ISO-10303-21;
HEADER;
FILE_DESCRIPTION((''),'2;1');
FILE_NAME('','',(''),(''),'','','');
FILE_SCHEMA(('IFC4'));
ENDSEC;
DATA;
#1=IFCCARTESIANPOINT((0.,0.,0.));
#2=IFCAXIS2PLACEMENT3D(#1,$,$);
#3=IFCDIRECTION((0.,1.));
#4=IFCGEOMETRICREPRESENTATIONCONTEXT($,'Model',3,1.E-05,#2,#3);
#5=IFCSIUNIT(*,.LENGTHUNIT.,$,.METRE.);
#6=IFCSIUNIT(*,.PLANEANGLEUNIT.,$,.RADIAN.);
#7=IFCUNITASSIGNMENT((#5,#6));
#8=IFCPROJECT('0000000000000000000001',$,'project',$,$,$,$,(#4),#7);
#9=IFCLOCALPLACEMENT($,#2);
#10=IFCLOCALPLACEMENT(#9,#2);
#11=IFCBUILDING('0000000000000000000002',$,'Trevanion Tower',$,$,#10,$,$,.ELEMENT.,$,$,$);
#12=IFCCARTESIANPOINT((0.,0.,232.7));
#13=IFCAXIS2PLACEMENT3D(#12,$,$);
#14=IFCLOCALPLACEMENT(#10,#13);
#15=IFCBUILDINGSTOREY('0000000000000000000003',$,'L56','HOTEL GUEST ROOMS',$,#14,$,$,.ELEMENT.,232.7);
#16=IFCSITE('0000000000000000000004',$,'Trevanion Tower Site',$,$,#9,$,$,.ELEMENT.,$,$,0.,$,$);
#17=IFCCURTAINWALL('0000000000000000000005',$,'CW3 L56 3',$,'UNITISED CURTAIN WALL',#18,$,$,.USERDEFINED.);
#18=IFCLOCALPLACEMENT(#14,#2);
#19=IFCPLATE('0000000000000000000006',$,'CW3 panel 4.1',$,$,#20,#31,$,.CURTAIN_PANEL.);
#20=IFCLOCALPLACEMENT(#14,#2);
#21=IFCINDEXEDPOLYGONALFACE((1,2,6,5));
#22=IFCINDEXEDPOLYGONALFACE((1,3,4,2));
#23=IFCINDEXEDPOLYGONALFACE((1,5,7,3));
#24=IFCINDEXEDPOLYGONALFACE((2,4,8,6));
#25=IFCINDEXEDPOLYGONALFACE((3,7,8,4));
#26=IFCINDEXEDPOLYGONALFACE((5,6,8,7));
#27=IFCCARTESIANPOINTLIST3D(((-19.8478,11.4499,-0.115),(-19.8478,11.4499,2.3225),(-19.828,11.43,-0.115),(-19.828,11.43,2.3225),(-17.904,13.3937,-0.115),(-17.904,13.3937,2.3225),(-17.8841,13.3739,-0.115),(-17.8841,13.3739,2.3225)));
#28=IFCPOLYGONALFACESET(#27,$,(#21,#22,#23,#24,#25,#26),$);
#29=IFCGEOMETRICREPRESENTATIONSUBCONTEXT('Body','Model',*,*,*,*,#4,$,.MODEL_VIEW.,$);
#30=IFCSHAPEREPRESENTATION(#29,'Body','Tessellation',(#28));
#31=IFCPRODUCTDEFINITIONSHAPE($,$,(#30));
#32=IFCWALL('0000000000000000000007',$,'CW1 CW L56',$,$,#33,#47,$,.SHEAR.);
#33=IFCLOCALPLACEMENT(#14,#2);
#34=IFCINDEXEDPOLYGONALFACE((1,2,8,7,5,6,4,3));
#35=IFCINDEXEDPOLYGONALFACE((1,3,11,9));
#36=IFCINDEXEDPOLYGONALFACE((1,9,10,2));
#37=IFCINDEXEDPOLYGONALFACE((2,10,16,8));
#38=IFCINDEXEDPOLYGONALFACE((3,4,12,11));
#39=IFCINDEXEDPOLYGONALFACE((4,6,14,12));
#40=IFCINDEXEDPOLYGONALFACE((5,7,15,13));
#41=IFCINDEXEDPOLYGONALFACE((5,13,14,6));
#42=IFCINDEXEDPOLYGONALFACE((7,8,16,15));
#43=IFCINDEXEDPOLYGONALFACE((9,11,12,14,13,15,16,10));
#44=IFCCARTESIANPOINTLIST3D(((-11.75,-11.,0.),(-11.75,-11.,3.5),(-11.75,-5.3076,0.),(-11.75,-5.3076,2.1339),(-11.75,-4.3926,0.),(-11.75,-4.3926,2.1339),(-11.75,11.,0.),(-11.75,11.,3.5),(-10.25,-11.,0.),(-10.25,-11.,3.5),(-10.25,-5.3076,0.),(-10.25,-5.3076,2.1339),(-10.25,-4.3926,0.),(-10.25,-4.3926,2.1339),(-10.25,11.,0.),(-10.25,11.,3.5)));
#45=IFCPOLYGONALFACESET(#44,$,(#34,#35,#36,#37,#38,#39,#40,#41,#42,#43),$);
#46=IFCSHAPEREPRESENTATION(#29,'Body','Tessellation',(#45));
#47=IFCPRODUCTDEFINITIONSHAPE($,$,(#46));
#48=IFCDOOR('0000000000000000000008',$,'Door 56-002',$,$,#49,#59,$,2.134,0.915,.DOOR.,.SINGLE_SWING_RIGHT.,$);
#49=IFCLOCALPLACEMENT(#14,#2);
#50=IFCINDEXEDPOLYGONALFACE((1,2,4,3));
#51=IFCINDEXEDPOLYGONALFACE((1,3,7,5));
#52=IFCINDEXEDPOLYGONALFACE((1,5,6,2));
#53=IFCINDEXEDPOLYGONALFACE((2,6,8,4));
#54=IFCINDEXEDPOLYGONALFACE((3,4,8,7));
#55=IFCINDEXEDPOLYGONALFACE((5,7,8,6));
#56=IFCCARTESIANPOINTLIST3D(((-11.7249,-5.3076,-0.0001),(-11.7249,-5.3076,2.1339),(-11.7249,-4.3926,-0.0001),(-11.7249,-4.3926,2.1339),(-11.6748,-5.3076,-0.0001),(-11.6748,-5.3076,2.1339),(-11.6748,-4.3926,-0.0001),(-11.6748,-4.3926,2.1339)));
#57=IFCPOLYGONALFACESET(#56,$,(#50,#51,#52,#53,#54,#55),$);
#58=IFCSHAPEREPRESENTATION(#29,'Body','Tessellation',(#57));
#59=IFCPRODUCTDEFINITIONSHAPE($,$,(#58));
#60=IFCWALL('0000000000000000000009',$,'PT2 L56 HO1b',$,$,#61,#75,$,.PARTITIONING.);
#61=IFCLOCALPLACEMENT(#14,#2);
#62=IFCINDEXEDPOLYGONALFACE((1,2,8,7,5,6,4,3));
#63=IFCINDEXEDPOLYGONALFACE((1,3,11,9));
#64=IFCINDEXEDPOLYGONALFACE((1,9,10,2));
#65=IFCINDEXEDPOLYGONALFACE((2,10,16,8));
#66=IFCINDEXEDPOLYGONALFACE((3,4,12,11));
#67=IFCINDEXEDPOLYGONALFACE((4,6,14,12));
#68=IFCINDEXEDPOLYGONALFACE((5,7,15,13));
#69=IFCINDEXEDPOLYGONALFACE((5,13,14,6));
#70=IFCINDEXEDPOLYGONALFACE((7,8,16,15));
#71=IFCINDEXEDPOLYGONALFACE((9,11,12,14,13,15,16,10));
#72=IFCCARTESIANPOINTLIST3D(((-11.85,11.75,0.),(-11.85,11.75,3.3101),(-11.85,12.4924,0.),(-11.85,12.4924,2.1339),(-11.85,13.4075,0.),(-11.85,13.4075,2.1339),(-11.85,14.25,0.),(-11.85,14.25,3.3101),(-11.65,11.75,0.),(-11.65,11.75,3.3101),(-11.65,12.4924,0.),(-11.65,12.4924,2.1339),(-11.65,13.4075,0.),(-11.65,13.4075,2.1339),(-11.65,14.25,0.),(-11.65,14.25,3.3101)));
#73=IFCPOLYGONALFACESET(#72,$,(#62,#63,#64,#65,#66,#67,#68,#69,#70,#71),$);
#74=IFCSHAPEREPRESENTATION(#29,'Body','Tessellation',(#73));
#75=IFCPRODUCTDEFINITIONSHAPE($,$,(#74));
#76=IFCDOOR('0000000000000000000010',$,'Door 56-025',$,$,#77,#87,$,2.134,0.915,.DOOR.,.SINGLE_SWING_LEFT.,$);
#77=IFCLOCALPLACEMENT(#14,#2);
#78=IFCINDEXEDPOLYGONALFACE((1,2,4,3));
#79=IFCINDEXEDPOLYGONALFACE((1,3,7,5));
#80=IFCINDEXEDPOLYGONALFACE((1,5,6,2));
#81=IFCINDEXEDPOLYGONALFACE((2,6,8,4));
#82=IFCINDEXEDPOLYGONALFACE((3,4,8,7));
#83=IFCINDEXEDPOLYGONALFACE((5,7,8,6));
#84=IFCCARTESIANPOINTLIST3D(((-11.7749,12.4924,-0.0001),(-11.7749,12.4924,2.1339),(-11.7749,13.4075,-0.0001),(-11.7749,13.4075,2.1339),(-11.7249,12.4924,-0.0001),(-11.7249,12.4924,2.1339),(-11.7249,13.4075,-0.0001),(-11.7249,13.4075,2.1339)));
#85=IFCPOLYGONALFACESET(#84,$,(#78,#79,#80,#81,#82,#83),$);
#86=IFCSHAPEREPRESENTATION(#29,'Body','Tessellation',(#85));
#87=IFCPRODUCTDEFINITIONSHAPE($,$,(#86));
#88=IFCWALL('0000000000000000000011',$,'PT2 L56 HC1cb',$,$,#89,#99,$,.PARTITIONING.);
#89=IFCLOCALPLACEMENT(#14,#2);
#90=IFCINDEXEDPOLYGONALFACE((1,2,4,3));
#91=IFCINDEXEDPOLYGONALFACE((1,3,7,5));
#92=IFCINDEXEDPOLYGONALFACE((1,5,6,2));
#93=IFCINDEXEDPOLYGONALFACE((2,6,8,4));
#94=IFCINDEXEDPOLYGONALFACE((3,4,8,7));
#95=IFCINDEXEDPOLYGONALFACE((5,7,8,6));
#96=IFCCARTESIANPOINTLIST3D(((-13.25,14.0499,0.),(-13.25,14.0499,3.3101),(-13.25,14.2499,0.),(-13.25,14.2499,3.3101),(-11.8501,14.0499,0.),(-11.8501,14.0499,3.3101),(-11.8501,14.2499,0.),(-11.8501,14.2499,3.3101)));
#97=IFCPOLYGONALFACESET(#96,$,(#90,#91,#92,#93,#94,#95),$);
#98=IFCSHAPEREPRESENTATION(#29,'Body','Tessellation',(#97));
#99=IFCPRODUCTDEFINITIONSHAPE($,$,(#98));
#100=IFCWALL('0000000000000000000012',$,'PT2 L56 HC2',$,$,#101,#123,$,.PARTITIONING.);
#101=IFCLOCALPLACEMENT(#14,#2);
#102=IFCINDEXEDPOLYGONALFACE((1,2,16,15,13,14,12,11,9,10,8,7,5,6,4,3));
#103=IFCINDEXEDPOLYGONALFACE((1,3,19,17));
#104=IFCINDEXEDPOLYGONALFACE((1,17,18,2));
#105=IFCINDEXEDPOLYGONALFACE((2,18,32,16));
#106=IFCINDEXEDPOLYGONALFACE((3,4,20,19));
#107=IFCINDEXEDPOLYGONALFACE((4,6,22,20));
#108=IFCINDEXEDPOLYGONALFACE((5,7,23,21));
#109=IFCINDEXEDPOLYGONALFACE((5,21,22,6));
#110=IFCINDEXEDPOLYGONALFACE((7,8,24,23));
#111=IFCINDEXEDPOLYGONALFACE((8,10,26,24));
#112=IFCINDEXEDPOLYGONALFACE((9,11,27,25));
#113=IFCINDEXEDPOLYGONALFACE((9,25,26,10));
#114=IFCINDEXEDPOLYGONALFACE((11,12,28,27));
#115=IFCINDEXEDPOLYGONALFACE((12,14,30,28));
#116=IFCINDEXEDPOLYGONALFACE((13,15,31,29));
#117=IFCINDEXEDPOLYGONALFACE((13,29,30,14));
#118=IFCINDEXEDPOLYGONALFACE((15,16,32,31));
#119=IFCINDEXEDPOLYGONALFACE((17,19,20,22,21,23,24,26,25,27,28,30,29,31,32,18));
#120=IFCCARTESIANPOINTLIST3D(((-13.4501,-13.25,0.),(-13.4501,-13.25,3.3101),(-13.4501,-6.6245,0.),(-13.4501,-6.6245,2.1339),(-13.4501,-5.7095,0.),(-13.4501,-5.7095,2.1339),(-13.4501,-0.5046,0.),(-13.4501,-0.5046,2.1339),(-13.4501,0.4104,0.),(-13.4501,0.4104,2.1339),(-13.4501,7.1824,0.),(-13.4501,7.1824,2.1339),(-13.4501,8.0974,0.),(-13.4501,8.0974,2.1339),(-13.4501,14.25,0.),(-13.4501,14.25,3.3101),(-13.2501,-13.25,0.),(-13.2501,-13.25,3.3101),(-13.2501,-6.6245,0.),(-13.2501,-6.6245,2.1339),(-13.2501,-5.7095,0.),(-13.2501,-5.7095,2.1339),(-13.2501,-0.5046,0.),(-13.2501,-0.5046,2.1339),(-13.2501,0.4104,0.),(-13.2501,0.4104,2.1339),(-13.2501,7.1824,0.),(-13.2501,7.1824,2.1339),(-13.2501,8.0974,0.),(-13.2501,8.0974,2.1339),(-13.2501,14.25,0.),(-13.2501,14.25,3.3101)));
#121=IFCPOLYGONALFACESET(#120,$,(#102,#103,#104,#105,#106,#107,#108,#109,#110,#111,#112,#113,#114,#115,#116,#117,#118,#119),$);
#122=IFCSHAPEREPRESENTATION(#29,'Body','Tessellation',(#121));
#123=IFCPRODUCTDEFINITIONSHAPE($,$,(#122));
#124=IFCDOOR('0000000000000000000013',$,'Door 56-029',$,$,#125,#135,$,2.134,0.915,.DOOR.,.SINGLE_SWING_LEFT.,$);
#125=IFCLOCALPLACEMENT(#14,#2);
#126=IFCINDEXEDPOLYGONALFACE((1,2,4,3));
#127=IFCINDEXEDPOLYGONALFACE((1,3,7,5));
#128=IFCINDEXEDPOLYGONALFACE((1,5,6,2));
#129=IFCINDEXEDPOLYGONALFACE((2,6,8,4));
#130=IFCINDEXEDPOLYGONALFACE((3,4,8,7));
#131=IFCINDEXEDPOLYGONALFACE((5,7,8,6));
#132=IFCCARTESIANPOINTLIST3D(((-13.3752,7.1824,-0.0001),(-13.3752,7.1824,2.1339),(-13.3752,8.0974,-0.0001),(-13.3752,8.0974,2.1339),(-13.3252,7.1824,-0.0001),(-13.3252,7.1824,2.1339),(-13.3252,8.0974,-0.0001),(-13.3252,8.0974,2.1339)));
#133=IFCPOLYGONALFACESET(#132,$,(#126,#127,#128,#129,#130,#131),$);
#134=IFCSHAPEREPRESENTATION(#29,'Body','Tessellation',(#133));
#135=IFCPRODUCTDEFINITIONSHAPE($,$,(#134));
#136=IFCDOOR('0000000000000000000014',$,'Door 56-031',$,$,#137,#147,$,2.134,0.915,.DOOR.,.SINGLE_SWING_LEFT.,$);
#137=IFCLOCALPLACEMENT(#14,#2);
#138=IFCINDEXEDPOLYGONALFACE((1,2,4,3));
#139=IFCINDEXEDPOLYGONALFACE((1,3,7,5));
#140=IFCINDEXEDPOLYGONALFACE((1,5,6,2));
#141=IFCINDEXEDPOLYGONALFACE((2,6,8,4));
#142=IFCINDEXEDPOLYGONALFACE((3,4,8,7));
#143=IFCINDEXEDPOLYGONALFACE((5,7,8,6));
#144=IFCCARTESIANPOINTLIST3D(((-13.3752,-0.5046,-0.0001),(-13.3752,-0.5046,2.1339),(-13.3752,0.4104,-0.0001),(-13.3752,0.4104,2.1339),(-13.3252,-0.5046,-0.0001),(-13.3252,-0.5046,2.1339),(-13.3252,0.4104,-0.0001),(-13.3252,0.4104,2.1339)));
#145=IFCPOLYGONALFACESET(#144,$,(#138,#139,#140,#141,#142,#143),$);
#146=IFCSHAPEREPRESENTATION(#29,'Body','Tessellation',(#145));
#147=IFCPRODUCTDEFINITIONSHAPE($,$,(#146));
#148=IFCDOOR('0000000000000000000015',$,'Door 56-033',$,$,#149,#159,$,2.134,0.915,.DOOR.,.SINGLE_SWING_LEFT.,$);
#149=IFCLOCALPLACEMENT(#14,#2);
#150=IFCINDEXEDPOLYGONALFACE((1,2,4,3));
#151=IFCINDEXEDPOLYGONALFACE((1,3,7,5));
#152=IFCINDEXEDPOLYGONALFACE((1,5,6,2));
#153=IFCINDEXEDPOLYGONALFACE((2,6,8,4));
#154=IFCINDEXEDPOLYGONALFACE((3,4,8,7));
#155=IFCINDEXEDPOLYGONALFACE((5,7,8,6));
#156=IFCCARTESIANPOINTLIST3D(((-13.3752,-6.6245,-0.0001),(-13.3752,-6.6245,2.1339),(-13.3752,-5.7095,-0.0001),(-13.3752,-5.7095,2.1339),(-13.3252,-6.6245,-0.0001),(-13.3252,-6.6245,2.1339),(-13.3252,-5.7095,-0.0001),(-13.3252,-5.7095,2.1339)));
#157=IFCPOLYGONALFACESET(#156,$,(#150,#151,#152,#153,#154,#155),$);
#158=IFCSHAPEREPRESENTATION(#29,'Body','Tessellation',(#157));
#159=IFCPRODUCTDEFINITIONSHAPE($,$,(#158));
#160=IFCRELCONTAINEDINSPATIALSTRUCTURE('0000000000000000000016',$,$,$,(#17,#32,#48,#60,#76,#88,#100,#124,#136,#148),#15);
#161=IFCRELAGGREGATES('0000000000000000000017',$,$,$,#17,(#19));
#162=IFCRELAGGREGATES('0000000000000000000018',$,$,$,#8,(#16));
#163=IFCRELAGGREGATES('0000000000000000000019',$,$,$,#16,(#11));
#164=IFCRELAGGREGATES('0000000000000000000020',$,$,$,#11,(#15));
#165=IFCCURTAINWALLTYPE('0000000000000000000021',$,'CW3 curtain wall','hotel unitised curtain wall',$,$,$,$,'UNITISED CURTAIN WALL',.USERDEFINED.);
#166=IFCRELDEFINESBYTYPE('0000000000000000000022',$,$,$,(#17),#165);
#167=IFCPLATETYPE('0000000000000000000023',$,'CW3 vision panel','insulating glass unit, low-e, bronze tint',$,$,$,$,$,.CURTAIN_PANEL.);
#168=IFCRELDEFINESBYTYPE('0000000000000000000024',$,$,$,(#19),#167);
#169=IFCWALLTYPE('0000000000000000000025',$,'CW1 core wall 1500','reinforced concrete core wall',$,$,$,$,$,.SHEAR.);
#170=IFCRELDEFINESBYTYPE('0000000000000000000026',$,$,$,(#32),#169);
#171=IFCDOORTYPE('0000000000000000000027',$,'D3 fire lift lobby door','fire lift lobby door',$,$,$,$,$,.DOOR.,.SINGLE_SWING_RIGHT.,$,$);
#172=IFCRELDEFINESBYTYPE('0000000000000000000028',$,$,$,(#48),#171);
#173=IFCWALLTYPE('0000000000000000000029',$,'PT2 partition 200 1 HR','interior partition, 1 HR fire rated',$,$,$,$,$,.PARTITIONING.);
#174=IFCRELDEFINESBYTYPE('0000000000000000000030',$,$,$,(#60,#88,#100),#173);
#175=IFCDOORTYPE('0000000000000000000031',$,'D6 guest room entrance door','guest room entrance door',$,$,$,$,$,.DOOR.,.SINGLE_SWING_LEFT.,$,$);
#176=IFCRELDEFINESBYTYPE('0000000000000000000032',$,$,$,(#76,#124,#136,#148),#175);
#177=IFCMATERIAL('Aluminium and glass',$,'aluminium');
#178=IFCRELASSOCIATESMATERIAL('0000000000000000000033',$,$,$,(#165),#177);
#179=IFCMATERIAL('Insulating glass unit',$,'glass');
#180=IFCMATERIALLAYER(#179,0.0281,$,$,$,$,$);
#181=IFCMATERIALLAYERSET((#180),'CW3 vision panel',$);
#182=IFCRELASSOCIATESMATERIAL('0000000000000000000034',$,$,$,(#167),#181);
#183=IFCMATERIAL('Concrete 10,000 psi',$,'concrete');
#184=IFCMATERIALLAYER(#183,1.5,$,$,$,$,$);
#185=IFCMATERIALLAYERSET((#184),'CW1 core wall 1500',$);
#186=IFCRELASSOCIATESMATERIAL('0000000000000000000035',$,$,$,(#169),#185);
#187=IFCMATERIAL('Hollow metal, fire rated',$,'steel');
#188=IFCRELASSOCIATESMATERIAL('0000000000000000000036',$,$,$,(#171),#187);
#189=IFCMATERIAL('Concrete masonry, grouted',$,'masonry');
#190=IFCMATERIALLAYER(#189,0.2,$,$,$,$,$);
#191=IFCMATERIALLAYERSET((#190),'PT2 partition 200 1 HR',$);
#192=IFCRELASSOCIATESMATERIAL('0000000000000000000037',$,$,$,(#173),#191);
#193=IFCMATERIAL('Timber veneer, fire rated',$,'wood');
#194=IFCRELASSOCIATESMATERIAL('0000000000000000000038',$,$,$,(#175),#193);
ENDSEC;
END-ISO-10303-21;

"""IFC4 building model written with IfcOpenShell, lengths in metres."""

from ifc_helpers import new_model, si_unit, direction, frame, frame_2d, origin, origin_2d, place, context, subcontext, project, spatial, rectangle, extrude, material, layer, layer_set, type_object, element, fill, aggregate, save


model = new_model("IFC4")

# Units and contexts
model_context = context("Model", 3, precision=1e-05, world=origin(), true_north=direction((0.0, 1.0)))
body_context = subcontext(model_context, "Body", "Model", "MODEL_VIEW")
ifc_project = project(units=[si_unit("LENGTHUNIT", "METRE"), si_unit("PLANEANGLEUNIT", "RADIAN")], contexts=[model_context])

# Site, building, storey
site_placement = place(None, origin())
site = spatial("IfcSite", under=ifc_project, at=site_placement, Name="Trevanion Tower Site", CompositionType="ELEMENT", RefElevation=0.0)
building_placement = place(site_placement, origin())
building = spatial("IfcBuilding", under=site, at=building_placement, Name="Trevanion Tower", CompositionType="ELEMENT")
storey_placement = place(building_placement, frame((0.0, 0.0, 232.7)))
storey = spatial("IfcBuildingStorey", under=building, at=storey_placement, Name="L56", Description="HOTEL GUEST ROOMS", CompositionType="ELEMENT", Elevation=232.7)

# Curtain wall
ifc_material_1 = material(Name="Aluminium and glass", Category="aluminium")
curtain_wall_type = type_object("IfcCurtainWallType", Name="CW3 curtain wall", Description="hotel unitised curtain wall", ElementType="UNITISED CURTAIN WALL", PredefinedType="USERDEFINED", material=ifc_material_1)
curtain_wall_1_placement = place(storey_placement, origin())
curtain_wall_1 = element("IfcCurtainWall", 1, at=curtain_wall_1_placement, inside=storey, type_object=curtain_wall_type, Name="CW3 L56 3", ObjectType="UNITISED CURTAIN WALL", PredefinedType="USERDEFINED")

# Plate
ifc_material_2 = material(Name="Insulating glass unit", Category="glass")
ifc_layer_1 = layer(ifc_material_2, 0.0281)
ifc_layer_set_1 = layer_set([ifc_layer_1], Name="CW3 vision panel")
plate_type_1 = type_object("IfcPlateType", Name="CW3 vision panel", Description="insulating glass unit, low-e, bronze tint", PredefinedType="CURTAIN_PANEL", material=ifc_layer_set_1)
plate_1_placement = place(storey_placement, frame((-18.866, 12.4119, -0.115), z_axis=(0.0, 0.0, 1.0), x_axis=(-0.707107, -0.707107, 0.0)))
plate_1 = element("IfcPlate", 2, at=plate_1_placement, type_object=plate_type_1, Name="CW3 panel 4.1", PredefinedType="CURTAIN_PANEL", context=body_context, shape_type="SweptSolid", body=[
    extrude(rectangle(XDim=2.749, YDim=0.0281, at=origin_2d()), origin(), (0.0, 0.0, 1.0), 2.4375),
])
aggregate(curtain_wall_1, [plate_1])

# Walls, openings, doors
ifc_material_3 = material(Name="Concrete 10,000 psi", Category="concrete")
ifc_layer_2 = layer(ifc_material_3, 1.5)
ifc_layer_set_2 = layer_set([ifc_layer_2], Name="CW1 core wall 1500")
wall_type_1 = type_object("IfcWallType", Name="CW1 core wall 1500", Description="reinforced concrete core wall", PredefinedType="SHEAR", material=ifc_layer_set_2)
wall_1_placement = place(storey_placement, frame((-11.0, 11.0, 0.0), z_axis=(0.0, 0.0, 1.0), x_axis=(0.0, -1.0, 0.0)))
wall_1 = element("IfcWall", 3, at=wall_1_placement, inside=storey, type_object=wall_type_1, Name="CW1 CW L56", PredefinedType="SHEAR", context=body_context, shape_type="SweptSolid", body=[
    extrude(rectangle(XDim=22.0, YDim=1.5, at=frame_2d((11.0, 0.0))), origin(), (0.0, 0.0, 1.0), 3.5),
])
opening_1_placement = place(wall_1_placement, frame((15.3926, 0.0, 0.0)))
opening_1 = element("IfcOpeningElement", 4, at=opening_1_placement, cuts=wall_1, PredefinedType="OPENING", context=body_context, shape_type="SweptSolid", body=[
    extrude(rectangle(XDim=0.915, YDim=2.134, at=frame_2d((0.4575, 1.0669))), frame((0.0, 0.76, 0.0), z_axis=(0.0, -1.0, 0.0), x_axis=(1.0, 0.0, 0.0)), (0.0, 0.0, 1.0), 1.52),
])
ifc_material_4 = material(Name="Hollow metal, fire rated", Category="steel")
door_type_1 = type_object("IfcDoorType", Name="D3 fire lift lobby door", Description="fire lift lobby door", OperationType="SINGLE_SWING_RIGHT", PredefinedType="DOOR", material=ifc_material_4)
door_1_placement = place(opening_1_placement, origin())
door_1 = element("IfcDoor", 5, at=door_1_placement, inside=storey, type_object=door_type_1, Name="Door 56-002", OperationType="SINGLE_SWING_RIGHT", OverallHeight=2.134, OverallWidth=0.915, PredefinedType="DOOR", context=body_context, shape_type="SweptSolid", body=[
    extrude(rectangle(XDim=0.915, YDim=2.134, at=frame_2d((0.4575, 1.0669))), frame((0.0, -0.6748, 0.0), z_axis=(0.0, -1.0, 0.0), x_axis=(1.0, 0.0, 0.0)), (0.0, 0.0, 1.0), 0.05),
])
fill(opening_1, door_1)
ifc_material_5 = material(Name="Concrete masonry, grouted", Category="masonry")
ifc_layer_3 = layer(ifc_material_5, 0.2)
ifc_layer_set_3 = layer_set([ifc_layer_3], Name="PT2 partition 200 1 HR")
wall_type_2 = type_object("IfcWallType", Name="PT2 partition 200 1 HR", Description="interior partition, 1 HR fire rated", PredefinedType="PARTITIONING", material=ifc_layer_set_3)
wall_2_placement = place(storey_placement, frame((-11.75, 11.75, 0.0), z_axis=(0.0, 0.0, 1.0), x_axis=(0.0, 1.0, 0.0)))
wall_2 = element("IfcWall", 6, at=wall_2_placement, inside=storey, type_object=wall_type_2, Name="PT2 L56 HO1b", PredefinedType="PARTITIONING", context=body_context, shape_type="SweptSolid", body=[
    extrude(rectangle(XDim=2.5, YDim=0.2, at=frame_2d((1.25, 0.0))), origin(), (0.0, 0.0, 1.0), 3.3101),
])
opening_2_placement = place(wall_2_placement, frame((0.7424, 0.0, 0.0)))
opening_2 = element("IfcOpeningElement", 7, at=opening_2_placement, cuts=wall_2, PredefinedType="OPENING", context=body_context, shape_type="SweptSolid", body=[
    extrude(rectangle(XDim=0.915, YDim=2.134, at=frame_2d((0.4575, 1.0669))), frame((0.0, 0.1099, 0.0), z_axis=(0.0, -1.0, 0.0), x_axis=(1.0, 0.0, 0.0)), (0.0, 0.0, 1.0), 0.22),
])
ifc_material_6 = material(Name="Timber veneer, fire rated", Category="wood")
door_type_2 = type_object("IfcDoorType", Name="D6 guest room entrance door", Description="guest room entrance door", OperationType="SINGLE_SWING_LEFT", PredefinedType="DOOR", material=ifc_material_6)
door_2_placement = place(opening_2_placement, origin())
door_2 = element("IfcDoor", 8, at=door_2_placement, inside=storey, type_object=door_type_2, Name="Door 56-025", OperationType="SINGLE_SWING_LEFT", OverallHeight=2.134, OverallWidth=0.915, PredefinedType="DOOR", context=body_context, shape_type="SweptSolid", body=[
    extrude(rectangle(XDim=0.915, YDim=2.134, at=frame_2d((0.4575, 1.0669))), frame((0.0, 0.0249, 0.0), z_axis=(0.0, -1.0, 0.0), x_axis=(1.0, 0.0, 0.0)), (0.0, 0.0, 1.0), 0.05),
])
fill(opening_2, door_2)

# Wall
wall_3_placement = place(storey_placement, frame((-11.8501, 14.1499, 0.0), z_axis=(0.0, 0.0, 1.0), x_axis=(-1.0, 0.0, 0.0)))
element("IfcWall", 9, at=wall_3_placement, inside=storey, type_object=wall_type_2, Name="PT2 L56 HC1cb", PredefinedType="PARTITIONING", context=body_context, shape_type="SweptSolid", body=[
    extrude(rectangle(XDim=1.3999, YDim=0.2, at=frame_2d((0.7, 0.0))), origin(), (0.0, 0.0, 1.0), 3.3101),
])

# Wall, openings, doors
wall_4_placement = place(storey_placement, frame((-13.3501, 14.25, 0.0), z_axis=(0.0, 0.0, 1.0), x_axis=(0.0, -1.0, 0.0)))
wall_4 = element("IfcWall", 10, at=wall_4_placement, inside=storey, type_object=wall_type_2, Name="PT2 L56 HC2", PredefinedType="PARTITIONING", context=body_context, shape_type="SweptSolid", body=[
    extrude(rectangle(XDim=27.5, YDim=0.2, at=frame_2d((13.75, 0.0))), origin(), (0.0, 0.0, 1.0), 3.3101),
])
opening_3_placement = place(wall_4_placement, frame((6.1526, 0.0, 0.0)))
opening_3 = element("IfcOpeningElement", 11, at=opening_3_placement, cuts=wall_4, PredefinedType="OPENING", context=body_context, shape_type="SweptSolid", body=[
    extrude(rectangle(XDim=0.915, YDim=2.134, at=frame_2d((0.4575, 1.0669))), frame((0.0, 0.1099, 0.0), z_axis=(0.0, -1.0, 0.0), x_axis=(1.0, 0.0, 0.0)), (0.0, 0.0, 1.0), 0.22),
])
opening_4_placement = place(wall_4_placement, frame((13.8396, 0.0, 0.0)))
opening_4 = element("IfcOpeningElement", 12, at=opening_4_placement, cuts=wall_4, PredefinedType="OPENING", context=body_context, shape_type="SweptSolid", body=[
    extrude(rectangle(XDim=0.915, YDim=2.134, at=frame_2d((0.4575, 1.0669))), frame((0.0, 0.1099, 0.0), z_axis=(0.0, -1.0, 0.0), x_axis=(1.0, 0.0, 0.0)), (0.0, 0.0, 1.0), 0.22),
])
opening_5_placement = place(wall_4_placement, frame((19.9595, 0.0, 0.0)))
opening_5 = element("IfcOpeningElement", 13, at=opening_5_placement, cuts=wall_4, PredefinedType="OPENING", context=body_context, shape_type="SweptSolid", body=[
    extrude(rectangle(XDim=0.915, YDim=2.134, at=frame_2d((0.4575, 1.0669))), frame((0.0, 0.1099, 0.0), z_axis=(0.0, -1.0, 0.0), x_axis=(1.0, 0.0, 0.0)), (0.0, 0.0, 1.0), 0.22),
])
door_3_placement = place(opening_3_placement, origin())
door_3 = element("IfcDoor", 14, at=door_3_placement, inside=storey, type_object=door_type_2, Name="Door 56-029", OperationType="SINGLE_SWING_LEFT", OverallHeight=2.134, OverallWidth=0.915, PredefinedType="DOOR", context=body_context, shape_type="SweptSolid", body=[
    extrude(rectangle(XDim=0.915, YDim=2.134, at=frame_2d((0.4575, 1.0669))), frame((0.0, 0.0249, 0.0), z_axis=(0.0, -1.0, 0.0), x_axis=(1.0, 0.0, 0.0)), (0.0, 0.0, 1.0), 0.05),
])
fill(opening_3, door_3)
door_4_placement = place(opening_4_placement, origin())
door_4 = element("IfcDoor", 15, at=door_4_placement, inside=storey, type_object=door_type_2, Name="Door 56-031", OperationType="SINGLE_SWING_LEFT", OverallHeight=2.134, OverallWidth=0.915, PredefinedType="DOOR", context=body_context, shape_type="SweptSolid", body=[
    extrude(rectangle(XDim=0.915, YDim=2.134, at=frame_2d((0.4575, 1.0669))), frame((0.0, 0.0249, 0.0), z_axis=(0.0, -1.0, 0.0), x_axis=(1.0, 0.0, 0.0)), (0.0, 0.0, 1.0), 0.05),
])
fill(opening_4, door_4)
door_5_placement = place(opening_5_placement, origin())
door_5 = element("IfcDoor", 16, at=door_5_placement, inside=storey, type_object=door_type_2, Name="Door 56-033", OperationType="SINGLE_SWING_LEFT", OverallHeight=2.134, OverallWidth=0.915, PredefinedType="DOOR", context=body_context, shape_type="SweptSolid", body=[
    extrude(rectangle(XDim=0.915, YDim=2.134, at=frame_2d((0.4575, 1.0669))), frame((0.0, 0.0249, 0.0), z_axis=(0.0, -1.0, 0.0), x_axis=(1.0, 0.0, 0.0)), (0.0, 0.0, 1.0), 0.05),
])
fill(opening_5, door_5)

save(model, "model.ifc")
